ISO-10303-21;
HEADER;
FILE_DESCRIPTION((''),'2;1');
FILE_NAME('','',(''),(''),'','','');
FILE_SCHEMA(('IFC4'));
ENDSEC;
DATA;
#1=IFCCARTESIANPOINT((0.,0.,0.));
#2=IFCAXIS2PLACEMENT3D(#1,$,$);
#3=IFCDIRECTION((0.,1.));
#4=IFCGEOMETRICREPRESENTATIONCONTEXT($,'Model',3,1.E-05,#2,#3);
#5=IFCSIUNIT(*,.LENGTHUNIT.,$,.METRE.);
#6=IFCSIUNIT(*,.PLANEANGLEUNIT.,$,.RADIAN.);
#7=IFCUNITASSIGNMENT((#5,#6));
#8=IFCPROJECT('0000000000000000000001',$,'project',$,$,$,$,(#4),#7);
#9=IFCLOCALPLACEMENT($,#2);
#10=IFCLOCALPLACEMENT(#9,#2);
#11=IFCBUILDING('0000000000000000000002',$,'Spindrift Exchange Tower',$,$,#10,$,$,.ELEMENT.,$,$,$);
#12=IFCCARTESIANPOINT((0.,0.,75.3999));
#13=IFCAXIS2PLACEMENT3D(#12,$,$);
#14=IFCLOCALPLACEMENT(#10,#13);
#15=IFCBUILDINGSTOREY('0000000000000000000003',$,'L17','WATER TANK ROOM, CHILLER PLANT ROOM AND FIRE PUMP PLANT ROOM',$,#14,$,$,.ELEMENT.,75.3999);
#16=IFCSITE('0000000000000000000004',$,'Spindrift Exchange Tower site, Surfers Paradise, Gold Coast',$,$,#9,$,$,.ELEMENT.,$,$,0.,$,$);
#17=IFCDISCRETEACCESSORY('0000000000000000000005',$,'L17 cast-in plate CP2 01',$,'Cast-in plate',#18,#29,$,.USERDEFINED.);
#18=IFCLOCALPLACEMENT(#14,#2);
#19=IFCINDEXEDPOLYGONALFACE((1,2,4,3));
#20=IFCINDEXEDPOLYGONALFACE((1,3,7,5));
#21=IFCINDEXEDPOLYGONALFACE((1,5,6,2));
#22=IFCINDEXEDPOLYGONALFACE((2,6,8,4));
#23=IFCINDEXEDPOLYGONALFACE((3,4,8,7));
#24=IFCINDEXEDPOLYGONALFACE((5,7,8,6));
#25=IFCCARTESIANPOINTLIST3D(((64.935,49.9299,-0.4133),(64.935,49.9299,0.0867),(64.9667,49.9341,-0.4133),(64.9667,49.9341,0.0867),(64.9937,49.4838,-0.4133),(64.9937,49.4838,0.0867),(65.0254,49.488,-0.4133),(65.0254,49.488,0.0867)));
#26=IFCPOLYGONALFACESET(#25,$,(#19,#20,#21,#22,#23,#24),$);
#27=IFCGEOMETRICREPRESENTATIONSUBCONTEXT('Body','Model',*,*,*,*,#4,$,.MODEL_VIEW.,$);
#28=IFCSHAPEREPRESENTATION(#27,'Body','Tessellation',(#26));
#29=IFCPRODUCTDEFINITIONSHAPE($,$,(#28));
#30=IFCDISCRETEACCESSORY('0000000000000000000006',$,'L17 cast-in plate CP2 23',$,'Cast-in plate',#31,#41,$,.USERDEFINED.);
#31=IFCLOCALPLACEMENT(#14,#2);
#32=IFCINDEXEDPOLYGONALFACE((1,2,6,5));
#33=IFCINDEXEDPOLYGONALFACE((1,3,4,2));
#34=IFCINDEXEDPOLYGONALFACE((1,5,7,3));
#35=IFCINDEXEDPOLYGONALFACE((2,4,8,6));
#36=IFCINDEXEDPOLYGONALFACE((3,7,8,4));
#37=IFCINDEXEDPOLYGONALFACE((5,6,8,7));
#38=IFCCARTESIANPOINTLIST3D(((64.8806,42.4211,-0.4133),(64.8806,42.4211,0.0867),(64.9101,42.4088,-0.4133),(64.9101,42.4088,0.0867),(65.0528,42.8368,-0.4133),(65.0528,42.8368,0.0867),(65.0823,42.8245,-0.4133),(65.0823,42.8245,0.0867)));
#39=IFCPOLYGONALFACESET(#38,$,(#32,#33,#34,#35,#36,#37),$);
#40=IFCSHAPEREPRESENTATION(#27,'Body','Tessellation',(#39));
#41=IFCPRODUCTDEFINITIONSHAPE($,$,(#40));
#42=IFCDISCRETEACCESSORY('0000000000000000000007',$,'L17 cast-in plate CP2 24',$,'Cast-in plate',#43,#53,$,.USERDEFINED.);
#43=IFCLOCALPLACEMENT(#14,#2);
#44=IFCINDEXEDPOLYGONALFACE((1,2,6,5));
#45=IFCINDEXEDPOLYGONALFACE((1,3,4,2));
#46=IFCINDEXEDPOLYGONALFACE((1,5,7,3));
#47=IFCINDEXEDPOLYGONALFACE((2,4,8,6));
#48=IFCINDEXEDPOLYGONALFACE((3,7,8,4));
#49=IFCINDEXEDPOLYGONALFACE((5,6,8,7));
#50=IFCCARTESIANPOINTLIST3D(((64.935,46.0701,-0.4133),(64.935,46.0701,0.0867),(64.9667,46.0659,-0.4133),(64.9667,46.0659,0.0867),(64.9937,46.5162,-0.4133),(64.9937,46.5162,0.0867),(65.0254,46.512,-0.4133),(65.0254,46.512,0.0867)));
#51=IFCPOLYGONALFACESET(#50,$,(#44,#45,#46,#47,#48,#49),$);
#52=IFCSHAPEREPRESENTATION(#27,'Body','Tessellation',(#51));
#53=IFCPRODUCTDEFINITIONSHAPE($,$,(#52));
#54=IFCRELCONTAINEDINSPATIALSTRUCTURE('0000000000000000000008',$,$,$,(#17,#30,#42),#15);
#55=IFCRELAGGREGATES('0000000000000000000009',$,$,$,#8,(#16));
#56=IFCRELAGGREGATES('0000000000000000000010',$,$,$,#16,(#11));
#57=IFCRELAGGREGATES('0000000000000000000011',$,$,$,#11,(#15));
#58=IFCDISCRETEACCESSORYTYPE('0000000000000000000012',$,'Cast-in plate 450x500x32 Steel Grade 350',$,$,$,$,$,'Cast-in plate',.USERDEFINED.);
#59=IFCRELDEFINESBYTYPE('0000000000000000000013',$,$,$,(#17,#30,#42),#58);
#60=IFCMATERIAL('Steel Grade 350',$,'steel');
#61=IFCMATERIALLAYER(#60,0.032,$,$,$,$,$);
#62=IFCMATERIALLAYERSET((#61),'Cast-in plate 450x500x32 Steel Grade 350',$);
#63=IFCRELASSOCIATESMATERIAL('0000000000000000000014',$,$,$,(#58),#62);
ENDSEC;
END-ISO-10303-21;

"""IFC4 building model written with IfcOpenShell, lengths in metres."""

from ifc_helpers import new_model, si_unit, direction, frame, origin, origin_2d, place, context, subcontext, project, spatial, rectangle, extrude, source, transform, mapped, material, layer, layer_set, type_object, element, save


model = new_model("IFC4")

# Units and contexts
model_context = context("Model", 3, precision=1e-05, world=origin(), true_north=direction((0.0, 1.0)))
body_context = subcontext(model_context, "Body", "Model", "MODEL_VIEW")
ifc_project = project(units=[si_unit("LENGTHUNIT", "METRE"), si_unit("PLANEANGLEUNIT", "RADIAN")], contexts=[model_context])

# Site, building, storey
site_placement = place(None, origin())
site = spatial("IfcSite", under=ifc_project, at=site_placement, Name="Spindrift Exchange Tower site, Surfers Paradise, Gold Coast", CompositionType="ELEMENT", RefElevation=0.0)
building_placement = place(site_placement, origin())
building = spatial("IfcBuilding", under=site, at=building_placement, Name="Spindrift Exchange Tower", CompositionType="ELEMENT")
storey_placement = place(building_placement, frame((0.0, 0.0, 75.3999)))
storey = spatial("IfcBuildingStorey", under=building, at=storey_placement, Name="L17", Description="WATER TANK ROOM, CHILLER PLANT ROOM AND FIRE PUMP PLANT ROOM", CompositionType="ELEMENT", Elevation=75.3999)

# Discrete accessories
ifc_material_1 = material(Name="Steel Grade 350", Category="steel")
ifc_layer_1 = layer(ifc_material_1, 0.032)
ifc_layer_set_1 = layer_set([ifc_layer_1], Name="Cast-in plate 450x500x32 Steel Grade 350")
discrete_accessory_type_1 = type_object("IfcDiscreteAccessoryType", Name="Cast-in plate 450x500x32 Steel Grade 350", ElementType="Cast-in plate", PredefinedType="USERDEFINED", material=ifc_layer_set_1)
shared_shape_1 = source(origin(), body_context, "Body", "SweptSolid", [
    extrude(rectangle(XDim=0.032, YDim=0.45, at=origin_2d()), origin(), (0.0, 0.0, 1.0), 0.5),
])
for number, where, z_axis, x_axis, name in (
    (1, (64.9802, 49.709, -0.4133), (0.0, 0.0, 1.0), (0.991445, 0.130526, 0.0), "L17 cast-in plate CP2 01"),
    (2, (64.9814, 42.6228, -0.4133), (0.0, 0.0, 1.0), (0.92388, -0.382683, 0.0), "L17 cast-in plate CP2 23"),
    (3, (64.9802, 46.291, -0.4133), (0.0, 0.0, 1.0), (0.991445, -0.130526, 0.0), "L17 cast-in plate CP2 24"),
):
    element("IfcDiscreteAccessory", number, at=place(storey_placement, frame(where, z_axis=z_axis, x_axis=x_axis)), inside=storey, type_object=discrete_accessory_type_1, Name=name, ObjectType="Cast-in plate", PredefinedType="USERDEFINED", context=body_context, shape_type="MappedRepresentation", body=[
        mapped(shared_shape_1, transform((0.0, 0.0, 0.0), scale=1.0)),
    ])

save(model, "model.ifc")
